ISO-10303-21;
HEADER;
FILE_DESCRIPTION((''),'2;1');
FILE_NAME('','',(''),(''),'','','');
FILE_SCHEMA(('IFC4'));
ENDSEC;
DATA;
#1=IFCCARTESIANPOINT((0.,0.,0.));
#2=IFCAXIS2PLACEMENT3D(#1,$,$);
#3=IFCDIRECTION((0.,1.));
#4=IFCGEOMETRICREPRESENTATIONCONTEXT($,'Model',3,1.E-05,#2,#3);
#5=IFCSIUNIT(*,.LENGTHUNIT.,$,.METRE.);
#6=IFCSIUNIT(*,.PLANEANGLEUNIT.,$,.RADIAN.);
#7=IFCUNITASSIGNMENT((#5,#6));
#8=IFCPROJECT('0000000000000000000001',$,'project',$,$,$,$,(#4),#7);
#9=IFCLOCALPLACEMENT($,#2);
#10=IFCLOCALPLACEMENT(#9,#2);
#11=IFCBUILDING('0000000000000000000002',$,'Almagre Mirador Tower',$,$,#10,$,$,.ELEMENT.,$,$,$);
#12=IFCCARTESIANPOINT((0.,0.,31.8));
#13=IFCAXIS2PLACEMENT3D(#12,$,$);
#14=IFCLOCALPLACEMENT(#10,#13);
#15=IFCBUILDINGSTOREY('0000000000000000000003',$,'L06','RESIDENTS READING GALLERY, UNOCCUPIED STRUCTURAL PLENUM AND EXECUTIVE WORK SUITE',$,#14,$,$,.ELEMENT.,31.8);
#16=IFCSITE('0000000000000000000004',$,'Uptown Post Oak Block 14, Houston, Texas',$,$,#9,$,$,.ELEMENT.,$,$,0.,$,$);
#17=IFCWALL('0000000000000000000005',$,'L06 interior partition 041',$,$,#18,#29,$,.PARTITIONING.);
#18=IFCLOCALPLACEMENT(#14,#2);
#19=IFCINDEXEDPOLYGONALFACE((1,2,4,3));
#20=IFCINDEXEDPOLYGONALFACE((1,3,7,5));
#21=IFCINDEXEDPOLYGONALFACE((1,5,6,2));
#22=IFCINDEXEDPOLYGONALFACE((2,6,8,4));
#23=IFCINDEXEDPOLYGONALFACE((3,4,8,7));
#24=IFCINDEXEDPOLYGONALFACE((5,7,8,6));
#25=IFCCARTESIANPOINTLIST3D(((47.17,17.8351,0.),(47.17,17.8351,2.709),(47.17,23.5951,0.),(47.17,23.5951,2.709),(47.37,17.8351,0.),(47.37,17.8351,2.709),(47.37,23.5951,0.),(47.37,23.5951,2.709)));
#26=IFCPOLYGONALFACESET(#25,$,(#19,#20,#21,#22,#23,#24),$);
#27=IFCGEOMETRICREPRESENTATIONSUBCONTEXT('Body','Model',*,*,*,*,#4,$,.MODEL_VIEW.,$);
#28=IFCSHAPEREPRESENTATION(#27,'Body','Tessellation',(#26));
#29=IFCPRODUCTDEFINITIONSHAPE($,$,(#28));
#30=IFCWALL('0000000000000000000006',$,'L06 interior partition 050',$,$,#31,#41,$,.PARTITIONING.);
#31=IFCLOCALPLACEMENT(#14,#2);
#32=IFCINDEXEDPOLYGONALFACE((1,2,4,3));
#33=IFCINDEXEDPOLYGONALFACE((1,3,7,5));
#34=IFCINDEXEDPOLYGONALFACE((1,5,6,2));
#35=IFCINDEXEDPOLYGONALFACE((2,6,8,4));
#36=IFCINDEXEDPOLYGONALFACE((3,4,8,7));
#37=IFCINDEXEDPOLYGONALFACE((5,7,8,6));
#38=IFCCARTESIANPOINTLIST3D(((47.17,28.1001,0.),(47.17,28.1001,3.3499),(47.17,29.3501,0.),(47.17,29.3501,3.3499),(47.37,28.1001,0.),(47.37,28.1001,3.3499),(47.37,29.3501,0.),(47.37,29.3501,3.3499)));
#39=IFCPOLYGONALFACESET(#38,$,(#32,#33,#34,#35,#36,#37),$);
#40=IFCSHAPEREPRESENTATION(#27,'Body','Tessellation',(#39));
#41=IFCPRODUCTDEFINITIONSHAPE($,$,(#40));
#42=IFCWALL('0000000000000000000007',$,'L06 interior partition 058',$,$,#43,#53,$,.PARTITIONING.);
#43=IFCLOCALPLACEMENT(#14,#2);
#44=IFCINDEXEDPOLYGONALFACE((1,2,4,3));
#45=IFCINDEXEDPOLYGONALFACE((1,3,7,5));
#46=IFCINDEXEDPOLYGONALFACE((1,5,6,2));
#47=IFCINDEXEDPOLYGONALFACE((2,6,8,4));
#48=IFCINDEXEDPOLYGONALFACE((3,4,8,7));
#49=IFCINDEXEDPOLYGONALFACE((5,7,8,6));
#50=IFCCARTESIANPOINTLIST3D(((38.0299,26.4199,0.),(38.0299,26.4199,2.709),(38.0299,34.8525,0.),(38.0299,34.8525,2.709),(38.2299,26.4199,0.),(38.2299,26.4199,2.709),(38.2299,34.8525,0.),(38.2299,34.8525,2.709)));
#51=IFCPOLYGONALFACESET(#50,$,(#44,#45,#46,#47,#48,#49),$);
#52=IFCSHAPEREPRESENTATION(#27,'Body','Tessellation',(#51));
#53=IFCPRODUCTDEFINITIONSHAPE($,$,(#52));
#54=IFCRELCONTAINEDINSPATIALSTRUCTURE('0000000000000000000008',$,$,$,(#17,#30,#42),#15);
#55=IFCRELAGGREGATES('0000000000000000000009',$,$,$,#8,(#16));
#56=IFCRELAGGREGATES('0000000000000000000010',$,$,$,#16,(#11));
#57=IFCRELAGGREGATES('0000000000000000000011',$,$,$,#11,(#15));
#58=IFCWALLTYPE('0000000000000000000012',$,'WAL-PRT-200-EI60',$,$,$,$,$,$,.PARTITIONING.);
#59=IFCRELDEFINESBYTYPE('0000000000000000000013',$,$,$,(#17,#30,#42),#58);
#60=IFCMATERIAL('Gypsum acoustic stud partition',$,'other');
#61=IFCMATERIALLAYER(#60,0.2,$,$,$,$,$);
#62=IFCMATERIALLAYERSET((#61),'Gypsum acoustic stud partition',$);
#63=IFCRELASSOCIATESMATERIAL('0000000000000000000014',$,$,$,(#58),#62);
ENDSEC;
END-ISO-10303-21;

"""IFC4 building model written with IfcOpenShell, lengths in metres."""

from ifc_helpers import new_model, si_unit, direction, frame, frame_2d, origin, place, context, subcontext, project, spatial, rectangle, extrude, material, layer, layer_set, type_object, element, save


model = new_model("IFC4")

# Units and contexts
model_context = context("Model", 3, precision=1e-05, world=origin(), true_north=direction((0.0, 1.0)))
body_context = subcontext(model_context, "Body", "Model", "MODEL_VIEW")
ifc_project = project(units=[si_unit("LENGTHUNIT", "METRE"), si_unit("PLANEANGLEUNIT", "RADIAN")], contexts=[model_context])

# Site, building, storey
site_placement = place(None, origin())
site = spatial("IfcSite", under=ifc_project, at=site_placement, Name="Uptown Post Oak Block 14, Houston, Texas", CompositionType="ELEMENT", RefElevation=0.0)
building_placement = place(site_placement, origin())
building = spatial("IfcBuilding", under=site, at=building_placement, Name="Almagre Mirador Tower", CompositionType="ELEMENT")
storey_placement = place(building_placement, frame((0.0, 0.0, 31.8)))
storey = spatial("IfcBuildingStorey", under=building, at=storey_placement, Name="L06", Description="RESIDENTS READING GALLERY, UNOCCUPIED STRUCTURAL PLENUM AND EXECUTIVE WORK SUITE", CompositionType="ELEMENT", Elevation=31.8)

# Walls
ifc_material_1 = material(Name="Gypsum acoustic stud partition", Category="other")
ifc_layer_1 = layer(ifc_material_1, 0.2)
ifc_layer_set_1 = layer_set([ifc_layer_1], Name="Gypsum acoustic stud partition")
wall_type_1 = type_object("IfcWallType", Name="WAL-PRT-200-EI60", PredefinedType="PARTITIONING", material=ifc_layer_set_1)
wall_1_placement = place(storey_placement, frame((47.27, 23.595, 0.0), z_axis=(0.0, 0.0, 1.0), x_axis=(0.0, -1.0, 0.0)))
element("IfcWall", 1, at=wall_1_placement, inside=storey, type_object=wall_type_1, Name="L06 interior partition 041", PredefinedType="PARTITIONING", context=body_context, shape_type="SweptSolid", body=[
    extrude(rectangle(XDim=5.76, YDim=0.2, at=frame_2d((2.8799, 0.0))), origin(), (0.0, 0.0, 1.0), 2.709),
])
wall_2_placement = place(storey_placement, frame((47.27, 29.3501, 0.0), z_axis=(0.0, 0.0, 1.0), x_axis=(0.0, -1.0, 0.0)))
element("IfcWall", 2, at=wall_2_placement, inside=storey, type_object=wall_type_1, Name="L06 interior partition 050", PredefinedType="PARTITIONING", context=body_context, shape_type="SweptSolid", body=[
    extrude(rectangle(XDim=1.25, YDim=0.2, at=frame_2d((0.625, 0.0))), origin(), (0.0, 0.0, 1.0), 3.3499),
])
wall_3_placement = place(storey_placement, frame((38.1299, 26.4199, 0.0), z_axis=(0.0, 0.0, 1.0), x_axis=(0.0, 1.0, 0.0)))
element("IfcWall", 3, at=wall_3_placement, inside=storey, type_object=wall_type_1, Name="L06 interior partition 058", PredefinedType="PARTITIONING", context=body_context, shape_type="SweptSolid", body=[
    extrude(rectangle(XDim=8.4326, YDim=0.2, at=frame_2d((4.2163, 0.0))), origin(), (0.0, 0.0, 1.0), 2.709),
])

save(model, "model.ifc")
